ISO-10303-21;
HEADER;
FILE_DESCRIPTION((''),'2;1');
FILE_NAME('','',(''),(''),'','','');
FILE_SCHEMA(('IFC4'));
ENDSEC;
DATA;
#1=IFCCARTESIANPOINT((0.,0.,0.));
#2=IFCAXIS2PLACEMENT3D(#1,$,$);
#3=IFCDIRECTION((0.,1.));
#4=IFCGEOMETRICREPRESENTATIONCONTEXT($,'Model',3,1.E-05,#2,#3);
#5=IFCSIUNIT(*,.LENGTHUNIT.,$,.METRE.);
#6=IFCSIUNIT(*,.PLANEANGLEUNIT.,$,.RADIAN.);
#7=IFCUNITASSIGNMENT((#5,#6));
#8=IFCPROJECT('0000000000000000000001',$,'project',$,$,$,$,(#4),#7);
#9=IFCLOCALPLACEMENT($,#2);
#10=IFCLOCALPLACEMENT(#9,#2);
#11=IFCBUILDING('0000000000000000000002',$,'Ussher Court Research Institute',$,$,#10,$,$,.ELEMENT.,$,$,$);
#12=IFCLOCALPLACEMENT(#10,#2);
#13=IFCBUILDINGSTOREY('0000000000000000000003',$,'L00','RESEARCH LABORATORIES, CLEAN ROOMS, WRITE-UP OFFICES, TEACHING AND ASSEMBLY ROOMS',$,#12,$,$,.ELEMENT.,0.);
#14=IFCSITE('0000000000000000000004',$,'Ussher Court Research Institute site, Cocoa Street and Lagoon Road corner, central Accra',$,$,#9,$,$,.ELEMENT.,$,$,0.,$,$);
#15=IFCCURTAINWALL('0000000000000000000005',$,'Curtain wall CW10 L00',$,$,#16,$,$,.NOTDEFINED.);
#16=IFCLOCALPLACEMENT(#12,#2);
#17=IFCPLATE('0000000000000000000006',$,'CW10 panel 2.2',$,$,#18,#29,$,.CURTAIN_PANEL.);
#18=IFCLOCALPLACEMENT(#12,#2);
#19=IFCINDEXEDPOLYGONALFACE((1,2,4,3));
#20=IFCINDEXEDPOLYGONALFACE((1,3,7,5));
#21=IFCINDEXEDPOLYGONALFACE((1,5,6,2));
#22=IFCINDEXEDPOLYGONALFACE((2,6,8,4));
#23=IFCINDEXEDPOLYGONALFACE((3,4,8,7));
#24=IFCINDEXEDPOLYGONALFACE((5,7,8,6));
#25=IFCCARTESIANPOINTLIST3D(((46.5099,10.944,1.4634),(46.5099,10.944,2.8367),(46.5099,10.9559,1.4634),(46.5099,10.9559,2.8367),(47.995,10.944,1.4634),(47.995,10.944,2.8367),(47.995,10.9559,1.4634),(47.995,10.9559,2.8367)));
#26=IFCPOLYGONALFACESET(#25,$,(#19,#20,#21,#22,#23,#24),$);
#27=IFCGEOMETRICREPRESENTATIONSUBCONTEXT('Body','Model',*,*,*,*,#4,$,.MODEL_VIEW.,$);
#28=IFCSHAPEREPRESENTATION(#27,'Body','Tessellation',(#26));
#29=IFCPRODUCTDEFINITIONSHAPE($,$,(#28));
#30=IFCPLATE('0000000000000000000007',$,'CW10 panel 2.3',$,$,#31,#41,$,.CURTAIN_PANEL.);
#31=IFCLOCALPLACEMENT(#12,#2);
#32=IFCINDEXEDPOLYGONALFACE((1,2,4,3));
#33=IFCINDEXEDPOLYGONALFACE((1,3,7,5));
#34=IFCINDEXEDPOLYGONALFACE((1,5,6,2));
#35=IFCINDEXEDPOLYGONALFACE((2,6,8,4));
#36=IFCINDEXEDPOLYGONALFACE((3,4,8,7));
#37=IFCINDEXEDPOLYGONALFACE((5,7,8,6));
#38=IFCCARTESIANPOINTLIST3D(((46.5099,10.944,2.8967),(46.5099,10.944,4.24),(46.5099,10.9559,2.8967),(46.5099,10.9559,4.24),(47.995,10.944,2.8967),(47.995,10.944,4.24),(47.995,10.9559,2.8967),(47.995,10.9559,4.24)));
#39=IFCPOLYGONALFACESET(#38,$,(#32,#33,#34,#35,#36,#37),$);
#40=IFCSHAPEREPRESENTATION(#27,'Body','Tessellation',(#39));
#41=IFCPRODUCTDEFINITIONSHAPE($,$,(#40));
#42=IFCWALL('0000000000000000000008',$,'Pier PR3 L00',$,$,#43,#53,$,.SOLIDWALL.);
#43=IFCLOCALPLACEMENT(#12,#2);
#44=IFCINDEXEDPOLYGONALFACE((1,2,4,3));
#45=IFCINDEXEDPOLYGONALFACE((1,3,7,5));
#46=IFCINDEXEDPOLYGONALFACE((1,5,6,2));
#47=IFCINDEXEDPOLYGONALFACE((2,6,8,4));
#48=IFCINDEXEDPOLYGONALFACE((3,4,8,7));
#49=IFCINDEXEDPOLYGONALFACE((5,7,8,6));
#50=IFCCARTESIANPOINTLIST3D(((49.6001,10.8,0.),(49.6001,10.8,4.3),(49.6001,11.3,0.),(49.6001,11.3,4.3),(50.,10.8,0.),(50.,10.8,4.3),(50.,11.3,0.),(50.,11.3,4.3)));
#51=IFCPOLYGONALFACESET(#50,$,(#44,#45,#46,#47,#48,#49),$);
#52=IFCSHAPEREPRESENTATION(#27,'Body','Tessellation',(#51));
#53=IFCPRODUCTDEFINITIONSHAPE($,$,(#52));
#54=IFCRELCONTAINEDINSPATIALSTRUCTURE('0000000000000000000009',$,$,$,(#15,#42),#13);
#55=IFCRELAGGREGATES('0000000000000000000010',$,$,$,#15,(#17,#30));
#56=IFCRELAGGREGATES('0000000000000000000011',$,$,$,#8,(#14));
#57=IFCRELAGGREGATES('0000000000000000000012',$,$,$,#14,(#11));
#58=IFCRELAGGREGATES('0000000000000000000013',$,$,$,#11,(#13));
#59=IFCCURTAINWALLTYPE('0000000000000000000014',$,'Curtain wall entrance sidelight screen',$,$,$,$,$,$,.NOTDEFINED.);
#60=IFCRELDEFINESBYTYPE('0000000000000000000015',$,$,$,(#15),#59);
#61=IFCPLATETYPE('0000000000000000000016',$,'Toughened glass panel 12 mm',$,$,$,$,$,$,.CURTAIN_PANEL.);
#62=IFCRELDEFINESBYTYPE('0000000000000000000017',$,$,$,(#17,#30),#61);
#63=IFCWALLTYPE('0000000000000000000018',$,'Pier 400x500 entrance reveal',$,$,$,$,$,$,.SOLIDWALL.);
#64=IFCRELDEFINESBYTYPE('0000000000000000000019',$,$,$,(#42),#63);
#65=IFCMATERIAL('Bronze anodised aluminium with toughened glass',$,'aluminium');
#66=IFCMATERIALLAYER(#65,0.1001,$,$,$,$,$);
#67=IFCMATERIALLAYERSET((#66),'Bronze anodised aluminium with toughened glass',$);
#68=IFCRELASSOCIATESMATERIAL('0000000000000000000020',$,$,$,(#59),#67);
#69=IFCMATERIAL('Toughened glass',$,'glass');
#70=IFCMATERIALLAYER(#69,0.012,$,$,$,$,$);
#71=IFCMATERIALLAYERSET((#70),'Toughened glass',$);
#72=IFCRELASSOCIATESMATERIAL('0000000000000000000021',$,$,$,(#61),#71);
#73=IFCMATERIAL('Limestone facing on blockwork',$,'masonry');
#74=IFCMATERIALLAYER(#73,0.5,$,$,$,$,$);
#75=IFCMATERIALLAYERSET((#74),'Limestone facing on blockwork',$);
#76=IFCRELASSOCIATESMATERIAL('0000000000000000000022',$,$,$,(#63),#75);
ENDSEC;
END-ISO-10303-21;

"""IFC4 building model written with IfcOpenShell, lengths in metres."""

from ifc_helpers import new_model, si_unit, direction, frame, frame_2d, origin, origin_2d, place, context, subcontext, project, spatial, rectangle, extrude, material, layer, layer_set, type_object, element, aggregate, save


model = new_model("IFC4")

# Units and contexts
model_context = context("Model", 3, precision=1e-05, world=origin(), true_north=direction((0.0, 1.0)))
body_context = subcontext(model_context, "Body", "Model", "MODEL_VIEW")
ifc_project = project(units=[si_unit("LENGTHUNIT", "METRE"), si_unit("PLANEANGLEUNIT", "RADIAN")], contexts=[model_context])

# Site, building, storey
site_placement = place(None, origin())
site = spatial("IfcSite", under=ifc_project, at=site_placement, Name="Ussher Court Research Institute site, Cocoa Street and Lagoon Road corner, central Accra", CompositionType="ELEMENT", RefElevation=0.0)
building_placement = place(site_placement, origin())
building = spatial("IfcBuilding", under=site, at=building_placement, Name="Ussher Court Research Institute", CompositionType="ELEMENT")
storey_placement = place(building_placement, origin())
storey = spatial("IfcBuildingStorey", under=building, at=storey_placement, Name="L00", Description="RESEARCH LABORATORIES, CLEAN ROOMS, WRITE-UP OFFICES, TEACHING AND ASSEMBLY ROOMS", CompositionType="ELEMENT", Elevation=0.0)

# Curtain wall, plates
ifc_material_1 = material(Name="Bronze anodised aluminium with toughened glass", Category="aluminium")
ifc_layer_1 = layer(ifc_material_1, 0.1001)
ifc_layer_set_1 = layer_set([ifc_layer_1], Name="Bronze anodised aluminium with toughened glass")
curtain_wall_type = type_object("IfcCurtainWallType", Name="Curtain wall entrance sidelight screen", PredefinedType="NOTDEFINED", material=ifc_layer_set_1)
curtain_wall_placement = place(storey_placement, origin())
curtain_wall = element("IfcCurtainWall", 1, at=curtain_wall_placement, inside=storey, type_object=curtain_wall_type, Name="Curtain wall CW10 L00", PredefinedType="NOTDEFINED")
ifc_material_2 = material(Name="Toughened glass", Category="glass")
ifc_layer_2 = layer(ifc_material_2, 0.012)
ifc_layer_set_2 = layer_set([ifc_layer_2], Name="Toughened glass")
plate_type = type_object("IfcPlateType", Name="Toughened glass panel 12 mm", PredefinedType="CURTAIN_PANEL", material=ifc_layer_set_2)
plate_1_placement = place(storey_placement, frame((47.2524, 10.95, 1.4634), z_axis=(0.0, 0.0, 1.0), x_axis=(-1.0, 0.0, 0.0)))
plate_1 = element("IfcPlate", 2, at=plate_1_placement, type_object=plate_type, Name="CW10 panel 2.2", PredefinedType="CURTAIN_PANEL", context=body_context, shape_type="SweptSolid", body=[
    extrude(rectangle(XDim=1.4851, YDim=0.012, at=origin_2d()), origin(), (0.0, 0.0, 1.0), 1.3733),
])
plate_2_placement = place(storey_placement, frame((47.2524, 10.95, 2.8967), z_axis=(0.0, 0.0, 1.0), x_axis=(-1.0, 0.0, 0.0)))
plate_2 = element("IfcPlate", 3, at=plate_2_placement, type_object=plate_type, Name="CW10 panel 2.3", PredefinedType="CURTAIN_PANEL", context=body_context, shape_type="SweptSolid", body=[
    extrude(rectangle(XDim=1.4851, YDim=0.012, at=origin_2d()), origin(), (0.0, 0.0, 1.0), 1.3433),
])
aggregate(curtain_wall, [plate_1, plate_2])

# Wall
ifc_material_3 = material(Name="Limestone facing on blockwork", Category="masonry")
ifc_layer_3 = layer(ifc_material_3, 0.5)
ifc_layer_set_3 = layer_set([ifc_layer_3], Name="Limestone facing on blockwork")
wall_type = type_object("IfcWallType", Name="Pier 400x500 entrance reveal", PredefinedType="SOLIDWALL", material=ifc_layer_set_3)
wall_placement = place(storey_placement, frame((50.0, 11.05, 0.0), z_axis=(0.0, 0.0, 1.0), x_axis=(-1.0, 0.0, 0.0)))
element("IfcWall", 4, at=wall_placement, inside=storey, type_object=wall_type, Name="Pier PR3 L00", PredefinedType="SOLIDWALL", context=body_context, shape_type="SweptSolid", body=[
    extrude(rectangle(XDim=0.3999, YDim=0.5, at=frame_2d((0.2, 0.0))), origin(), (0.0, 0.0, 1.0), 4.3),
])

save(model, "model.ifc")
